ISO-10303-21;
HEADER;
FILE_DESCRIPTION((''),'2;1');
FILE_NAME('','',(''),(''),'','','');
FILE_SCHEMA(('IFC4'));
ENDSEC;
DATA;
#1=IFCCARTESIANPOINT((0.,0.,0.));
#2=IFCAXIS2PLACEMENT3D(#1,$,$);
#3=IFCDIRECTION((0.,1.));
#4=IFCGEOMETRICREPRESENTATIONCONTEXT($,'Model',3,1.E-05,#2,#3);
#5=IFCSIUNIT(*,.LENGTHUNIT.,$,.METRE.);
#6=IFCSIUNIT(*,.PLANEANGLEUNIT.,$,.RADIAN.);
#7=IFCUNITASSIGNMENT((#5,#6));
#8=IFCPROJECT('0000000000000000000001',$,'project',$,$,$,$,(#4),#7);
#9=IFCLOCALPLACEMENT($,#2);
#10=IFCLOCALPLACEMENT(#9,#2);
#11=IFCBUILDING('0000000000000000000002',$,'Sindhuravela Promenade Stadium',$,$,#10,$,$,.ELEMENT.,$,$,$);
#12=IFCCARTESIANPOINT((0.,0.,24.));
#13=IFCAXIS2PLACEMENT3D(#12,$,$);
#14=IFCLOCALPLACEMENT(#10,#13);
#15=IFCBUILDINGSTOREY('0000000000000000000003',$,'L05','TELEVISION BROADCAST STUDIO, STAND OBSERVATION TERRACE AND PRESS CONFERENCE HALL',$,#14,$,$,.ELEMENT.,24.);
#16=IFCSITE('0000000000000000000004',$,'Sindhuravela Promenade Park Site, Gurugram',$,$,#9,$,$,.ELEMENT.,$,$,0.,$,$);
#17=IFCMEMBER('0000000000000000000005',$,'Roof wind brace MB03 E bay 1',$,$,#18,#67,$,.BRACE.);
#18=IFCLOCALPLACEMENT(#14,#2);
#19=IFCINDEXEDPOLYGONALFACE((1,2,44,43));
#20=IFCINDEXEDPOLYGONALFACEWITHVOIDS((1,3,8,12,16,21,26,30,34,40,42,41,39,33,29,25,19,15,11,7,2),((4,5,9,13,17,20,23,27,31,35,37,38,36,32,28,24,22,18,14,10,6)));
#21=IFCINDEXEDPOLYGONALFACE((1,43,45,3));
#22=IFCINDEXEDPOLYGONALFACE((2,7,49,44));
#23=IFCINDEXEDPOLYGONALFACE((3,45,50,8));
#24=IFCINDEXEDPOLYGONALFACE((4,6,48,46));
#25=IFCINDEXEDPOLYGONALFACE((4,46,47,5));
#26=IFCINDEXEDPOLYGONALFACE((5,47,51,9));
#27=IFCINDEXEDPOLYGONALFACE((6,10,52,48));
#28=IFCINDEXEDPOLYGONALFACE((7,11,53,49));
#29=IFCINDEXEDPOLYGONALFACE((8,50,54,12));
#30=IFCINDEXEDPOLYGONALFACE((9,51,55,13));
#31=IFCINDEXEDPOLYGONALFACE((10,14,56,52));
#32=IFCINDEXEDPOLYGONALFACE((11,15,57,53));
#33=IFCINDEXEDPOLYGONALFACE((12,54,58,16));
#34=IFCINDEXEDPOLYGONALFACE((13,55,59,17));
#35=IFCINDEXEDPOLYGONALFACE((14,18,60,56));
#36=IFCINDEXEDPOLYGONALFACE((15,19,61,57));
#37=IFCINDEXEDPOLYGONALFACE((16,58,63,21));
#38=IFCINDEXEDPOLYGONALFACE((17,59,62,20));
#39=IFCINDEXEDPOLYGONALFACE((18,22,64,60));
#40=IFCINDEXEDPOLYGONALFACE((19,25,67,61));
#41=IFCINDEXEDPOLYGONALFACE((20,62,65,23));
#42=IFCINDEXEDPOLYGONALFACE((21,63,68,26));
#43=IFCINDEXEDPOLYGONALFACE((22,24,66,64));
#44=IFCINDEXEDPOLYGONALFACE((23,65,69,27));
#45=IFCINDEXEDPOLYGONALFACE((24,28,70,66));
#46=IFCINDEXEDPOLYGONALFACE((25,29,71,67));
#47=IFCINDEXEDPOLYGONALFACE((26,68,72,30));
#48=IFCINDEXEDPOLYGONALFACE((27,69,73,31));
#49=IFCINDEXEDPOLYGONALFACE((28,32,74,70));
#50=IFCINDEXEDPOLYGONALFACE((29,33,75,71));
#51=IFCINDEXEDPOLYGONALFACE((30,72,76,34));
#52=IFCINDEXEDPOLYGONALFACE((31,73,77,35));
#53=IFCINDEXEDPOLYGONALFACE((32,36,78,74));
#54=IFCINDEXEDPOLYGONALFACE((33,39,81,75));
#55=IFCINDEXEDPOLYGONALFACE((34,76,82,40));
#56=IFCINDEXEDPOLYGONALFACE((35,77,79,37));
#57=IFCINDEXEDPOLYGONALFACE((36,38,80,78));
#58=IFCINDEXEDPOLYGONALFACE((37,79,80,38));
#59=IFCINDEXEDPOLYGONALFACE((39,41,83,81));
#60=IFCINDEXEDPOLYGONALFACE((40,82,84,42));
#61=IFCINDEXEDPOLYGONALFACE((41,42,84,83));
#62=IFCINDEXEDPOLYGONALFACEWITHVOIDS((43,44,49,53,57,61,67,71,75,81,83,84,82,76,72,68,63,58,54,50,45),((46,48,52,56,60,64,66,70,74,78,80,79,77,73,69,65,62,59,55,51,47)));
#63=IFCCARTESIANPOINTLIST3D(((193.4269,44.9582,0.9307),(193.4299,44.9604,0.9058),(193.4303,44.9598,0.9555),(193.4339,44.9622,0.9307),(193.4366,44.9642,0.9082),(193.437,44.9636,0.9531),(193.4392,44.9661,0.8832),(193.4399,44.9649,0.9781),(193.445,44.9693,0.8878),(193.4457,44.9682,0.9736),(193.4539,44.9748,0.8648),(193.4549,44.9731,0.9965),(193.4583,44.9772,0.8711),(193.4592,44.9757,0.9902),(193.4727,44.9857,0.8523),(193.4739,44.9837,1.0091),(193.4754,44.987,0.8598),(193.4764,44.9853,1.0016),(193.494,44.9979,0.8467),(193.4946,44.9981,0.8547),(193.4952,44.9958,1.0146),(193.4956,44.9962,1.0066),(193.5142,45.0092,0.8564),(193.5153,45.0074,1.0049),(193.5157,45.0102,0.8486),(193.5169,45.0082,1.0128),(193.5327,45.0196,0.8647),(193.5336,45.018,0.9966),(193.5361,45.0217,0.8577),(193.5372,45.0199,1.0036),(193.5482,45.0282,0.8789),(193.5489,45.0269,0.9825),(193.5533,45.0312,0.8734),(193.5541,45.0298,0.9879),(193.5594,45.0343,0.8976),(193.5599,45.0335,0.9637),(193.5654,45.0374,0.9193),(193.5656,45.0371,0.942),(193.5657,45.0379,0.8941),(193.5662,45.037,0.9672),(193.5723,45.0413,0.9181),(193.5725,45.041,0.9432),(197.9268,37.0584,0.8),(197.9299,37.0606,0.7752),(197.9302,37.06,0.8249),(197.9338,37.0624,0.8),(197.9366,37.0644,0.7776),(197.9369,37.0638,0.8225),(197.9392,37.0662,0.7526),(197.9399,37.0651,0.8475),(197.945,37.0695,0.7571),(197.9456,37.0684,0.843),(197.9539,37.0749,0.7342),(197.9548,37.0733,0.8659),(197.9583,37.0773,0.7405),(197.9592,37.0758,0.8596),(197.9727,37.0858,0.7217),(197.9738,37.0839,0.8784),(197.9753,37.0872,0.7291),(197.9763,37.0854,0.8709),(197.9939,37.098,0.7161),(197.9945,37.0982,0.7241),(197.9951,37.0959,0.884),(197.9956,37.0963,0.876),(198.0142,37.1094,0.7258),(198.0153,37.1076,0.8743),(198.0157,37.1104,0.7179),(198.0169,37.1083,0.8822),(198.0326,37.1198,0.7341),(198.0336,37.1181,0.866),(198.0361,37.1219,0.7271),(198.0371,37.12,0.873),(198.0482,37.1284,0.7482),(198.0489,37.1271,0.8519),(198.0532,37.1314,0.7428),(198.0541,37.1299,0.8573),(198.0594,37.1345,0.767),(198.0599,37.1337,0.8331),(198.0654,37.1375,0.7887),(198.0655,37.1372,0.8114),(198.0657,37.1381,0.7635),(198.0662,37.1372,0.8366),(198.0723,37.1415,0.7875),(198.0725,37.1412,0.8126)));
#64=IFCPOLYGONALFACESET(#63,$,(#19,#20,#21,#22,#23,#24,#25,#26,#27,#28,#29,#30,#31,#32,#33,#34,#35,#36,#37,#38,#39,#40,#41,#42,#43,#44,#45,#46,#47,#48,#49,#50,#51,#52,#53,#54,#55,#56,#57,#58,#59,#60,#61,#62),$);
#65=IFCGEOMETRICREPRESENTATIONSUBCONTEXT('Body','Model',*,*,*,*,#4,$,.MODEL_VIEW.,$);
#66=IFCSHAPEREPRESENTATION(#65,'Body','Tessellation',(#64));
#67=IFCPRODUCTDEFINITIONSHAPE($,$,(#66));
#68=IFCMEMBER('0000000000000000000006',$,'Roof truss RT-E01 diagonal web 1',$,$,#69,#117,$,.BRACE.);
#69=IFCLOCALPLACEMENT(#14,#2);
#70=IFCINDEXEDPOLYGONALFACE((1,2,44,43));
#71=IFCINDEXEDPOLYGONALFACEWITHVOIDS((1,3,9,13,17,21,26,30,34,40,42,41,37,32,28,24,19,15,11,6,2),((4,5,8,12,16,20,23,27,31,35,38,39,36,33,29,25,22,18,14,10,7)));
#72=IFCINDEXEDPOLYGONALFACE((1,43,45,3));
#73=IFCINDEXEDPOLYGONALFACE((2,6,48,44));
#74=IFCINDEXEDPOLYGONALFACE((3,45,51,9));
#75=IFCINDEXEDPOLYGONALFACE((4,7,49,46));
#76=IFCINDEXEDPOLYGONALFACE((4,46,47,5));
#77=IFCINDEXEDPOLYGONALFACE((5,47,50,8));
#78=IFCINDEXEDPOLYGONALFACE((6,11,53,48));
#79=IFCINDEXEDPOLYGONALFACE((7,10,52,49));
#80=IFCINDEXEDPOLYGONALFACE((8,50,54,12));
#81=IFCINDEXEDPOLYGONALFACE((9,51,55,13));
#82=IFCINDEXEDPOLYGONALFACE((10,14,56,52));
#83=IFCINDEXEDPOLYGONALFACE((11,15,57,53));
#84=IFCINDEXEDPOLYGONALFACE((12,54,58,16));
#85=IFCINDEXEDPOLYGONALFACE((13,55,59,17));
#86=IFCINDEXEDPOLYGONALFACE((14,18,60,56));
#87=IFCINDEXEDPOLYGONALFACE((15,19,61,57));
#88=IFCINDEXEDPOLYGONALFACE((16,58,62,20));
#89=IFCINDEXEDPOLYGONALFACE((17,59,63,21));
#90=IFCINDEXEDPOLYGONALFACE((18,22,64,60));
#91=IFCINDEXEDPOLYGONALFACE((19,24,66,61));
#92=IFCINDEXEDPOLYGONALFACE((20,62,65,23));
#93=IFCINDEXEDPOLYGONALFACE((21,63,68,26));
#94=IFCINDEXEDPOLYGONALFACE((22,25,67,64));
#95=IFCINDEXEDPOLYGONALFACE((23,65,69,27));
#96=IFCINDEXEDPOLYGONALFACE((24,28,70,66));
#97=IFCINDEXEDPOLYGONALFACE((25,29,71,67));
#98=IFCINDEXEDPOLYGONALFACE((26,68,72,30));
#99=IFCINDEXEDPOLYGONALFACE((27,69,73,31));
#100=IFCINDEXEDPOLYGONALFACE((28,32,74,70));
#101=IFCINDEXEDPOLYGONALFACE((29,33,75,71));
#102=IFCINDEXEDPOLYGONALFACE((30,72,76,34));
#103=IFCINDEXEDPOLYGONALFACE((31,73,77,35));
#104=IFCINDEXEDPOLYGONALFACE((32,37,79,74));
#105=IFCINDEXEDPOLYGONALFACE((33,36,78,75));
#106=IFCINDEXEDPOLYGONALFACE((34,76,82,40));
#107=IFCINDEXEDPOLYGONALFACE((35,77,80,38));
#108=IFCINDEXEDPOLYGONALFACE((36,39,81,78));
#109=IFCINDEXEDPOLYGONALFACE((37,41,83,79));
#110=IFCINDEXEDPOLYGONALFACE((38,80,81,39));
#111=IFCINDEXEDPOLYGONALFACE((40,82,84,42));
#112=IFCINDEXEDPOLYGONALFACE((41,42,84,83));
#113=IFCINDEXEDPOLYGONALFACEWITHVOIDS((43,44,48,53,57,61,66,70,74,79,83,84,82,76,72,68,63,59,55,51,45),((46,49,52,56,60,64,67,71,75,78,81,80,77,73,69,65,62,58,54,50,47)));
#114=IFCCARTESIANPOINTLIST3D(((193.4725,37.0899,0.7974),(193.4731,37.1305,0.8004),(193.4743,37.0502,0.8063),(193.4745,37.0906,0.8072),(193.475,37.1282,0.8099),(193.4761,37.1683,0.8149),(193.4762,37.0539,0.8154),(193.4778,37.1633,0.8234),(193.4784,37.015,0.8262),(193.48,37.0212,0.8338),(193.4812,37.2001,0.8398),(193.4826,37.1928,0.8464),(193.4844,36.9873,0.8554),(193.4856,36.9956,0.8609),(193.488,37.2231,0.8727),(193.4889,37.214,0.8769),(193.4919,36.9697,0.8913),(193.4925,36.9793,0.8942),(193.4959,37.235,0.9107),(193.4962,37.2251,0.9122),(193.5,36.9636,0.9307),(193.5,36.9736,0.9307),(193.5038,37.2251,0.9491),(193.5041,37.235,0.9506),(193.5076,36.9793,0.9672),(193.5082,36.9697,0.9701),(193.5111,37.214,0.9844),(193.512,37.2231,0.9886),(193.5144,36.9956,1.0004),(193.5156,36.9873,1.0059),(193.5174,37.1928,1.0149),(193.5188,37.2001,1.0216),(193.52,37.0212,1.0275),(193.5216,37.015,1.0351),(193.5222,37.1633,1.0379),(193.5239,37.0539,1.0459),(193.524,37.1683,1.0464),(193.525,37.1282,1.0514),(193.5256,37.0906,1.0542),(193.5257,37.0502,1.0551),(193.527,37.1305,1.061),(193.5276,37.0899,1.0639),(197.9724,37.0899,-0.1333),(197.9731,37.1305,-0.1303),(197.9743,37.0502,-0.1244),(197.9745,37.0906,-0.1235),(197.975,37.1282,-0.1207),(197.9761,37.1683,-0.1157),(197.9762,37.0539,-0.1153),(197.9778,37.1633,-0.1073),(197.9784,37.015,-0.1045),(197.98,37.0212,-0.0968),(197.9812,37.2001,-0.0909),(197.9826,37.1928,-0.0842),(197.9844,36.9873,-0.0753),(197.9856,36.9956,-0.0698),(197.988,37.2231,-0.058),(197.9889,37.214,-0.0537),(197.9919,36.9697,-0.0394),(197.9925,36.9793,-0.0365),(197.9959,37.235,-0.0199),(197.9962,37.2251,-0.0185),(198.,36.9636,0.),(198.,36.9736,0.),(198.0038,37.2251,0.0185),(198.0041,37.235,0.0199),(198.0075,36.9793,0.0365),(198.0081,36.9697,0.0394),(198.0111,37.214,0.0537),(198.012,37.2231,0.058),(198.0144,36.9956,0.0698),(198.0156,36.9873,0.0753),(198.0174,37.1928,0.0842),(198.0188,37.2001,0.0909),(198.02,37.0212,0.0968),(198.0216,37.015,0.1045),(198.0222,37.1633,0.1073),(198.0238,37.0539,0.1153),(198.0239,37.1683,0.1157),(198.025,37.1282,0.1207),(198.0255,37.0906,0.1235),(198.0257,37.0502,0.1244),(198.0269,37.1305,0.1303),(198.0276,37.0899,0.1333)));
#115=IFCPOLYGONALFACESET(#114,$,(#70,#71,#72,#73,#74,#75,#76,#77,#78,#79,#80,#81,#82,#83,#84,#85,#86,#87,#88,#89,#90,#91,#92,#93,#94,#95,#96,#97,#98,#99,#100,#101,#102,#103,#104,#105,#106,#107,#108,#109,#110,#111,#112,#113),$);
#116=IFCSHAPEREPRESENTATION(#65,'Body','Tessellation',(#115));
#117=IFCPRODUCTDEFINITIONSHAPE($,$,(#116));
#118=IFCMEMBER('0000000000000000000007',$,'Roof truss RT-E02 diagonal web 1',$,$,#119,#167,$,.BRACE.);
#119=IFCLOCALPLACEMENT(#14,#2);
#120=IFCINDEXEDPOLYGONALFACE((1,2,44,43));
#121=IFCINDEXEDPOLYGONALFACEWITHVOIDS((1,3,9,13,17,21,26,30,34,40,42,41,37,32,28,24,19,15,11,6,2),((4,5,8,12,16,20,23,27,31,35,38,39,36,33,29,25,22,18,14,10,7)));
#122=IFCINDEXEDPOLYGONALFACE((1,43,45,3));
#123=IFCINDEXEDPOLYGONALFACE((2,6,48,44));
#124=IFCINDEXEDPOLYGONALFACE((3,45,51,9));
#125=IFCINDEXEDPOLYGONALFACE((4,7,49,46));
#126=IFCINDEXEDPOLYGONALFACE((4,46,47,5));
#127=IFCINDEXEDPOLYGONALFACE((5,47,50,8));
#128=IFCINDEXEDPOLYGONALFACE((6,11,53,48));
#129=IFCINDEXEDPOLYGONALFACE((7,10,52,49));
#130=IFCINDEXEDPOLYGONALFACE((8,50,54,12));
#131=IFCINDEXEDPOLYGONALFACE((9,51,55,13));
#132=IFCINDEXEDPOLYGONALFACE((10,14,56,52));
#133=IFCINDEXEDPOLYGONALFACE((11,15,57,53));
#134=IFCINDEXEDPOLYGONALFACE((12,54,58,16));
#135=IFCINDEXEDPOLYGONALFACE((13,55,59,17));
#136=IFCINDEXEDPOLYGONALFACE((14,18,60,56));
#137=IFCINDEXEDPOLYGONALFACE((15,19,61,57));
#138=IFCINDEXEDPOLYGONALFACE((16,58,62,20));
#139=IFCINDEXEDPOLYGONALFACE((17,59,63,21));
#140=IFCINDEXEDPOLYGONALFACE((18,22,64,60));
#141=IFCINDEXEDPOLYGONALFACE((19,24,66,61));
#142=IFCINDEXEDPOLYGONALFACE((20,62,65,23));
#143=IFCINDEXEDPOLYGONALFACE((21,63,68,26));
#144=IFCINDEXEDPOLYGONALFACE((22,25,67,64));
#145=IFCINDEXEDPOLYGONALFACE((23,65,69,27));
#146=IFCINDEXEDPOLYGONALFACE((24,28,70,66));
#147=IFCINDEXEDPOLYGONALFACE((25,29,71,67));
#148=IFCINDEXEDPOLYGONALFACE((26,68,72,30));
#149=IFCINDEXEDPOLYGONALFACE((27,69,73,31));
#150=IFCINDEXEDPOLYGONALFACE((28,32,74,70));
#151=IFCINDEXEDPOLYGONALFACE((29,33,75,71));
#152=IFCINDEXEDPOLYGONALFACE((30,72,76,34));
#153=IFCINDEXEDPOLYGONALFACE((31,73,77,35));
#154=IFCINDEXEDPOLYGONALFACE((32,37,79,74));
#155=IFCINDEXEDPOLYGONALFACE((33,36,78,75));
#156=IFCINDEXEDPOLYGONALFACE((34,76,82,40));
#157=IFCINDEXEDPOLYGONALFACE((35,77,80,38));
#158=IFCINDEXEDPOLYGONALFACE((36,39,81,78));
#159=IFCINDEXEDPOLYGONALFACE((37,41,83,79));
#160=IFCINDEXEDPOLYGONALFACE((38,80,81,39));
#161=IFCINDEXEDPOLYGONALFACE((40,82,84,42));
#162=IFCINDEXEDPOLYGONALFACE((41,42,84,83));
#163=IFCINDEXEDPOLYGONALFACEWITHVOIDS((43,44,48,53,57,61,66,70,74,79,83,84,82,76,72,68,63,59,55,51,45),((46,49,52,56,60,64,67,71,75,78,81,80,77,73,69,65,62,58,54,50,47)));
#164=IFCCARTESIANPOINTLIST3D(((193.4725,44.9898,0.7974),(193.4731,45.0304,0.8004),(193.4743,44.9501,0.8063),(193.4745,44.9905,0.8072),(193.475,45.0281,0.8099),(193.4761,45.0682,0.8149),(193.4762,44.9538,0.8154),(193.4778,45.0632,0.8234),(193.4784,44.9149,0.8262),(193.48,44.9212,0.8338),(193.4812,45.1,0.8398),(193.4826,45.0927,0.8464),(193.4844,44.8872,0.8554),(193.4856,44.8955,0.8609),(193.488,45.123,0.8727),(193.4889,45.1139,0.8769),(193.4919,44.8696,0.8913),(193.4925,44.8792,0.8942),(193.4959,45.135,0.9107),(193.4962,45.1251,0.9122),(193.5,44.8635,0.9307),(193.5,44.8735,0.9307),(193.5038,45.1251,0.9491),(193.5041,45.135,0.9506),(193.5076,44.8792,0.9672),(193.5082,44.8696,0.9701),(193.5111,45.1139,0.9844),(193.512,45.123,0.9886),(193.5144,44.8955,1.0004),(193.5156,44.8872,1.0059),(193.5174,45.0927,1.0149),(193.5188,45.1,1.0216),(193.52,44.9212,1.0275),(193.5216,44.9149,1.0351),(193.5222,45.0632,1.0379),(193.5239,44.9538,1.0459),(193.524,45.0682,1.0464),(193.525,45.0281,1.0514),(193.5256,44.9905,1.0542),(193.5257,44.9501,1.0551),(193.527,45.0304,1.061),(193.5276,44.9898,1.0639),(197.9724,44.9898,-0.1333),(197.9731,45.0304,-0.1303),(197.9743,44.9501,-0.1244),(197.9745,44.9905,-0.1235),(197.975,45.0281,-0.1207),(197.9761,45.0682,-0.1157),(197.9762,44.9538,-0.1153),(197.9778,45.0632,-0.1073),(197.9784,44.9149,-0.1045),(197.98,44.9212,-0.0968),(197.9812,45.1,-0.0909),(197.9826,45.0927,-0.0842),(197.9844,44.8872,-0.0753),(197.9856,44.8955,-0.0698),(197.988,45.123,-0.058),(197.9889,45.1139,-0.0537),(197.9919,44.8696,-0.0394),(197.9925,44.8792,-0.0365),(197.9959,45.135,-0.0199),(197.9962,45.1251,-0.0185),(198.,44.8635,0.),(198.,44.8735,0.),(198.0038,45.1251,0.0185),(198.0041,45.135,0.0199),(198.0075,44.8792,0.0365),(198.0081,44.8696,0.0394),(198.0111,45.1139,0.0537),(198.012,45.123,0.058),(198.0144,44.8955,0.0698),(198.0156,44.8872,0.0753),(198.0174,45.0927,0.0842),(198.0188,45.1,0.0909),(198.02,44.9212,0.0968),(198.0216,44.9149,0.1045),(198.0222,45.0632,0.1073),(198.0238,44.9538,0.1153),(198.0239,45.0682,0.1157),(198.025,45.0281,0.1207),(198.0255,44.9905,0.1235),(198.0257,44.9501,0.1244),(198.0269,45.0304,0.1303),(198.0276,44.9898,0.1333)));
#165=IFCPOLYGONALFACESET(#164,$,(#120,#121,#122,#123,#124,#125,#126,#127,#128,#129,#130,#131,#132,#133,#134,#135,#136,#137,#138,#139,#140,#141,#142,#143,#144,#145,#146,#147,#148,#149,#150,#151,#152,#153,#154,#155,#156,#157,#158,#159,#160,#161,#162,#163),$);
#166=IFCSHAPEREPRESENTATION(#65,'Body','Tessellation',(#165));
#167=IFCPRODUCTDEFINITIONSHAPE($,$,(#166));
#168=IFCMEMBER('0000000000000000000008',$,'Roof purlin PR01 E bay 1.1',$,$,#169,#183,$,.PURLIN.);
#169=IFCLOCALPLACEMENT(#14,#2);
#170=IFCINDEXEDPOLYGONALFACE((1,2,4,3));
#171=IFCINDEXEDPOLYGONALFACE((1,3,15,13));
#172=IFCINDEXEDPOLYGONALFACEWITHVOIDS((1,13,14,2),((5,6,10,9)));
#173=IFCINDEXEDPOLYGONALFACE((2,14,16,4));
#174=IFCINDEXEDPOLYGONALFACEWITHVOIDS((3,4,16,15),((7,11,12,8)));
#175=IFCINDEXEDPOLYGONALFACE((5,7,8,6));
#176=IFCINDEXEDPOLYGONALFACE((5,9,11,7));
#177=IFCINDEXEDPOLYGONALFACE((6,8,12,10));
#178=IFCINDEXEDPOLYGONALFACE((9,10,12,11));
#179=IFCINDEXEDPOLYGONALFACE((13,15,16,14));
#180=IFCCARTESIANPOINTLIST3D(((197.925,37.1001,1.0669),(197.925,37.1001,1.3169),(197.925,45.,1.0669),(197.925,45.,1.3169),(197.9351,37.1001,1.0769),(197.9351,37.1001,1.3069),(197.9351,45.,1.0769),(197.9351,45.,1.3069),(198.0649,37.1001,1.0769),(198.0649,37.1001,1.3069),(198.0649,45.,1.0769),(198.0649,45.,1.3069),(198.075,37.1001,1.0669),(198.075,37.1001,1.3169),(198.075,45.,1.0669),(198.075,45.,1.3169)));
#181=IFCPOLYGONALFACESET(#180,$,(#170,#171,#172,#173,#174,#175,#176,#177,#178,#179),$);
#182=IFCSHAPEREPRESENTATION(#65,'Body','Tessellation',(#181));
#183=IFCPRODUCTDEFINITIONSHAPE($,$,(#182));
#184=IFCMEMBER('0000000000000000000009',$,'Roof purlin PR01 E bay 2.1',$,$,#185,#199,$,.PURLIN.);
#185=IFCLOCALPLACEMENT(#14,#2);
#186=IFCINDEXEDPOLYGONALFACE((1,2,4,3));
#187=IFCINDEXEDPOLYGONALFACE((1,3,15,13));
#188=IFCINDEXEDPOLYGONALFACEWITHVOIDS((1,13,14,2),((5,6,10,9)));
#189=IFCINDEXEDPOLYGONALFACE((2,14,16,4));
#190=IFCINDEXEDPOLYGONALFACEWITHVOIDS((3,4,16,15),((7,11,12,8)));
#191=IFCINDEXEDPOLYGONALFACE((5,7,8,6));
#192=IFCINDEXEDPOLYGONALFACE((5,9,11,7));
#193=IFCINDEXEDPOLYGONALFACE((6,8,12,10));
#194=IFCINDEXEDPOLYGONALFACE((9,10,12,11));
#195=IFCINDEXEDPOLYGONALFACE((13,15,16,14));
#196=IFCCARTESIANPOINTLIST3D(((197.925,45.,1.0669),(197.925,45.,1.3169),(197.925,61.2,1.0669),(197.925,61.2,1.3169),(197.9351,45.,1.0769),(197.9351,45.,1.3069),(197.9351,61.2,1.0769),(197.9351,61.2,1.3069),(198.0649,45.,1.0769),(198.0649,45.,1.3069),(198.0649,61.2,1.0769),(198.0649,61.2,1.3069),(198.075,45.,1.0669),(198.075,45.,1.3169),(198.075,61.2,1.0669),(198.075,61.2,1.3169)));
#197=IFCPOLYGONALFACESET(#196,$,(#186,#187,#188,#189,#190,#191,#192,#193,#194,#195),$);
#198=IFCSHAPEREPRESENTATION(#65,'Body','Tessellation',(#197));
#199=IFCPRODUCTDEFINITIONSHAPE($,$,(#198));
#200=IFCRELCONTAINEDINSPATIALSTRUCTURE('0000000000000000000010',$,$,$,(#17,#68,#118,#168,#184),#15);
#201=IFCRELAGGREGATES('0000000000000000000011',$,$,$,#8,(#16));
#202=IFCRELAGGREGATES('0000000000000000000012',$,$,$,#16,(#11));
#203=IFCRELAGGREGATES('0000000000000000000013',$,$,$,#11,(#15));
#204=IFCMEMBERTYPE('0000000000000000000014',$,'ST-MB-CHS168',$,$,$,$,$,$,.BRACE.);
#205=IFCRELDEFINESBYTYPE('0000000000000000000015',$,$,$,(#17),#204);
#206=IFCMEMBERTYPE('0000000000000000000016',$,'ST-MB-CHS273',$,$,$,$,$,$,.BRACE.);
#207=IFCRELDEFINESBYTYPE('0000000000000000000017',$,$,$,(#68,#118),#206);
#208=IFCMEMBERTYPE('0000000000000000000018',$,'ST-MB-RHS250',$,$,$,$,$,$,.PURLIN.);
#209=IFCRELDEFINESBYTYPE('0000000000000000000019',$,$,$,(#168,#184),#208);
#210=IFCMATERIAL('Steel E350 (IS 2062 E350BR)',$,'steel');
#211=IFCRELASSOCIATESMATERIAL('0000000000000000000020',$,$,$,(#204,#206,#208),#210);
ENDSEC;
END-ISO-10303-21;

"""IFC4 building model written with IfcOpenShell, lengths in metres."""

from ifc_helpers import new_model, si_unit, direction, frame, origin, origin_2d, place, context, subcontext, project, spatial, hollow_rectangle, hollow_circle, extrude, material, material_profile, profile_set, type_object, element, save


model = new_model("IFC4")

# Units and contexts
model_context = context("Model", 3, precision=1e-05, world=origin(), true_north=direction((0.0, 1.0)))
body_context = subcontext(model_context, "Body", "Model", "MODEL_VIEW")
ifc_project = project(units=[si_unit("LENGTHUNIT", "METRE"), si_unit("PLANEANGLEUNIT", "RADIAN")], contexts=[model_context])

# Site, building, storey
site_placement = place(None, origin())
site = spatial("IfcSite", under=ifc_project, at=site_placement, Name="Sindhuravela Promenade Park Site, Gurugram", CompositionType="ELEMENT", RefElevation=0.0)
building_placement = place(site_placement, origin())
building = spatial("IfcBuilding", under=site, at=building_placement, Name="Sindhuravela Promenade Stadium", CompositionType="ELEMENT")
storey_placement = place(building_placement, frame((0.0, 0.0, 24.0)))
storey = spatial("IfcBuildingStorey", under=building, at=storey_placement, Name="L05", Description="TELEVISION BROADCAST STUDIO, STAND OBSERVATION TERRACE AND PRESS CONFERENCE HALL", CompositionType="ELEMENT", Elevation=24.0)

# Shared definitions
ifc_material_1 = material(Name="Steel E350 (IS 2062 E350BR)", Category="steel")

# Members
ifc_material_profile_1 = material_profile(ifc_material_1, hollow_circle(Radius=0.0842, WallThickness=0.0081, at=origin_2d()), Name="CHS 168.3x8")
ifc_profile_set_1 = profile_set([ifc_material_profile_1], Name="Steel E350 (IS 2062 E350BR)")
member_type_1 = type_object("IfcMemberType", Name="ST-MB-CHS168", PredefinedType="BRACE", material=ifc_profile_set_1)
member_1_placement = place(storey_placement, frame((198.0, 37.1001, 0.8), z_axis=(-0.494908, 0.868827, 0.014365), x_axis=(-0.868917, -0.494959, 0.0)))
element("IfcMember", 1, at=member_1_placement, inside=storey, type_object=member_type_1, Name="Roof wind brace MB03 E bay 1", PredefinedType="BRACE", context=body_context, shape_type="SweptSolid", body=[
    extrude(hollow_circle(Radius=0.0842, WallThickness=0.0081, at=origin_2d()), origin(), (0.0, 0.0, 1.0), 9.0925),
])
ifc_material_profile_2 = material_profile(ifc_material_1, hollow_circle(Radius=0.1365, WallThickness=0.01, at=origin_2d()), Name="CHS 273.0x10")
ifc_profile_set_2 = profile_set([ifc_material_profile_2], Name="Steel E350 (IS 2062 E350BR)")
member_type_2 = type_object("IfcMemberType", Name="ST-MB-CHS273", PredefinedType="BRACE", material=ifc_profile_set_2)
for number, where, z_axis, x_axis, name in (
    (2, (198.0, 37.1001, 0.0), (-0.979276, 0.0, 0.202528), (0.0, -1.0, 0.0), "Roof truss RT-E01 diagonal web 1"),
    (3, (198.0, 45.0, 0.0), (-0.979276, 0.0, 0.202528), (0.0, -1.0, 0.0), "Roof truss RT-E02 diagonal web 1"),
):
    element("IfcMember", number, at=place(storey_placement, frame(where, z_axis=z_axis, x_axis=x_axis)), inside=storey, type_object=member_type_2, Name=name, PredefinedType="BRACE", context=body_context, shape_type="SweptSolid", body=[
        extrude(hollow_circle(Radius=0.1365, WallThickness=0.01, at=origin_2d()), origin(), (0.0, 0.0, 1.0), 4.5952),
    ])
ifc_material_profile_3 = material_profile(ifc_material_1, hollow_rectangle(XDim=0.1499, YDim=0.25, WallThickness=0.01, at=origin_2d()), Name="RHS 250x150x10")
ifc_profile_set_3 = profile_set([ifc_material_profile_3], Name="Steel E350 (IS 2062 E350BR)")
member_type_3 = type_object("IfcMemberType", Name="ST-MB-RHS250", PredefinedType="PURLIN", material=ifc_profile_set_3)
member_2_placement = place(storey_placement, frame((198.0, 37.1001, 1.1919), z_axis=(0.0, 1.0, 0.0), x_axis=(-1.0, 0.0, 0.0)))
element("IfcMember", 4, at=member_2_placement, inside=storey, type_object=member_type_3, Name="Roof purlin PR01 E bay 1.1", PredefinedType="PURLIN", context=body_context, shape_type="SweptSolid", body=[
    extrude(hollow_rectangle(XDim=0.1499, YDim=0.25, WallThickness=0.01, at=origin_2d()), origin(), (0.0, 0.0, 1.0), 7.8999),
])
for number, where, z_axis, x_axis, name in (
    (5, (198.0, 45.0, 1.1919), (0.0, 1.0, 0.0), (-1.0, 0.0, 0.0), "Roof purlin PR01 E bay 2.1"),
):
    element("IfcMember", number, at=place(storey_placement, frame(where, z_axis=z_axis, x_axis=x_axis)), inside=storey, type_object=member_type_3, Name=name, PredefinedType="PURLIN", context=body_context, shape_type="SweptSolid", body=[
        extrude(hollow_rectangle(XDim=0.1499, YDim=0.25, WallThickness=0.01, at=origin_2d()), origin(), (0.0, 0.0, 1.0), 16.2),
    ])

save(model, "model.ifc")
